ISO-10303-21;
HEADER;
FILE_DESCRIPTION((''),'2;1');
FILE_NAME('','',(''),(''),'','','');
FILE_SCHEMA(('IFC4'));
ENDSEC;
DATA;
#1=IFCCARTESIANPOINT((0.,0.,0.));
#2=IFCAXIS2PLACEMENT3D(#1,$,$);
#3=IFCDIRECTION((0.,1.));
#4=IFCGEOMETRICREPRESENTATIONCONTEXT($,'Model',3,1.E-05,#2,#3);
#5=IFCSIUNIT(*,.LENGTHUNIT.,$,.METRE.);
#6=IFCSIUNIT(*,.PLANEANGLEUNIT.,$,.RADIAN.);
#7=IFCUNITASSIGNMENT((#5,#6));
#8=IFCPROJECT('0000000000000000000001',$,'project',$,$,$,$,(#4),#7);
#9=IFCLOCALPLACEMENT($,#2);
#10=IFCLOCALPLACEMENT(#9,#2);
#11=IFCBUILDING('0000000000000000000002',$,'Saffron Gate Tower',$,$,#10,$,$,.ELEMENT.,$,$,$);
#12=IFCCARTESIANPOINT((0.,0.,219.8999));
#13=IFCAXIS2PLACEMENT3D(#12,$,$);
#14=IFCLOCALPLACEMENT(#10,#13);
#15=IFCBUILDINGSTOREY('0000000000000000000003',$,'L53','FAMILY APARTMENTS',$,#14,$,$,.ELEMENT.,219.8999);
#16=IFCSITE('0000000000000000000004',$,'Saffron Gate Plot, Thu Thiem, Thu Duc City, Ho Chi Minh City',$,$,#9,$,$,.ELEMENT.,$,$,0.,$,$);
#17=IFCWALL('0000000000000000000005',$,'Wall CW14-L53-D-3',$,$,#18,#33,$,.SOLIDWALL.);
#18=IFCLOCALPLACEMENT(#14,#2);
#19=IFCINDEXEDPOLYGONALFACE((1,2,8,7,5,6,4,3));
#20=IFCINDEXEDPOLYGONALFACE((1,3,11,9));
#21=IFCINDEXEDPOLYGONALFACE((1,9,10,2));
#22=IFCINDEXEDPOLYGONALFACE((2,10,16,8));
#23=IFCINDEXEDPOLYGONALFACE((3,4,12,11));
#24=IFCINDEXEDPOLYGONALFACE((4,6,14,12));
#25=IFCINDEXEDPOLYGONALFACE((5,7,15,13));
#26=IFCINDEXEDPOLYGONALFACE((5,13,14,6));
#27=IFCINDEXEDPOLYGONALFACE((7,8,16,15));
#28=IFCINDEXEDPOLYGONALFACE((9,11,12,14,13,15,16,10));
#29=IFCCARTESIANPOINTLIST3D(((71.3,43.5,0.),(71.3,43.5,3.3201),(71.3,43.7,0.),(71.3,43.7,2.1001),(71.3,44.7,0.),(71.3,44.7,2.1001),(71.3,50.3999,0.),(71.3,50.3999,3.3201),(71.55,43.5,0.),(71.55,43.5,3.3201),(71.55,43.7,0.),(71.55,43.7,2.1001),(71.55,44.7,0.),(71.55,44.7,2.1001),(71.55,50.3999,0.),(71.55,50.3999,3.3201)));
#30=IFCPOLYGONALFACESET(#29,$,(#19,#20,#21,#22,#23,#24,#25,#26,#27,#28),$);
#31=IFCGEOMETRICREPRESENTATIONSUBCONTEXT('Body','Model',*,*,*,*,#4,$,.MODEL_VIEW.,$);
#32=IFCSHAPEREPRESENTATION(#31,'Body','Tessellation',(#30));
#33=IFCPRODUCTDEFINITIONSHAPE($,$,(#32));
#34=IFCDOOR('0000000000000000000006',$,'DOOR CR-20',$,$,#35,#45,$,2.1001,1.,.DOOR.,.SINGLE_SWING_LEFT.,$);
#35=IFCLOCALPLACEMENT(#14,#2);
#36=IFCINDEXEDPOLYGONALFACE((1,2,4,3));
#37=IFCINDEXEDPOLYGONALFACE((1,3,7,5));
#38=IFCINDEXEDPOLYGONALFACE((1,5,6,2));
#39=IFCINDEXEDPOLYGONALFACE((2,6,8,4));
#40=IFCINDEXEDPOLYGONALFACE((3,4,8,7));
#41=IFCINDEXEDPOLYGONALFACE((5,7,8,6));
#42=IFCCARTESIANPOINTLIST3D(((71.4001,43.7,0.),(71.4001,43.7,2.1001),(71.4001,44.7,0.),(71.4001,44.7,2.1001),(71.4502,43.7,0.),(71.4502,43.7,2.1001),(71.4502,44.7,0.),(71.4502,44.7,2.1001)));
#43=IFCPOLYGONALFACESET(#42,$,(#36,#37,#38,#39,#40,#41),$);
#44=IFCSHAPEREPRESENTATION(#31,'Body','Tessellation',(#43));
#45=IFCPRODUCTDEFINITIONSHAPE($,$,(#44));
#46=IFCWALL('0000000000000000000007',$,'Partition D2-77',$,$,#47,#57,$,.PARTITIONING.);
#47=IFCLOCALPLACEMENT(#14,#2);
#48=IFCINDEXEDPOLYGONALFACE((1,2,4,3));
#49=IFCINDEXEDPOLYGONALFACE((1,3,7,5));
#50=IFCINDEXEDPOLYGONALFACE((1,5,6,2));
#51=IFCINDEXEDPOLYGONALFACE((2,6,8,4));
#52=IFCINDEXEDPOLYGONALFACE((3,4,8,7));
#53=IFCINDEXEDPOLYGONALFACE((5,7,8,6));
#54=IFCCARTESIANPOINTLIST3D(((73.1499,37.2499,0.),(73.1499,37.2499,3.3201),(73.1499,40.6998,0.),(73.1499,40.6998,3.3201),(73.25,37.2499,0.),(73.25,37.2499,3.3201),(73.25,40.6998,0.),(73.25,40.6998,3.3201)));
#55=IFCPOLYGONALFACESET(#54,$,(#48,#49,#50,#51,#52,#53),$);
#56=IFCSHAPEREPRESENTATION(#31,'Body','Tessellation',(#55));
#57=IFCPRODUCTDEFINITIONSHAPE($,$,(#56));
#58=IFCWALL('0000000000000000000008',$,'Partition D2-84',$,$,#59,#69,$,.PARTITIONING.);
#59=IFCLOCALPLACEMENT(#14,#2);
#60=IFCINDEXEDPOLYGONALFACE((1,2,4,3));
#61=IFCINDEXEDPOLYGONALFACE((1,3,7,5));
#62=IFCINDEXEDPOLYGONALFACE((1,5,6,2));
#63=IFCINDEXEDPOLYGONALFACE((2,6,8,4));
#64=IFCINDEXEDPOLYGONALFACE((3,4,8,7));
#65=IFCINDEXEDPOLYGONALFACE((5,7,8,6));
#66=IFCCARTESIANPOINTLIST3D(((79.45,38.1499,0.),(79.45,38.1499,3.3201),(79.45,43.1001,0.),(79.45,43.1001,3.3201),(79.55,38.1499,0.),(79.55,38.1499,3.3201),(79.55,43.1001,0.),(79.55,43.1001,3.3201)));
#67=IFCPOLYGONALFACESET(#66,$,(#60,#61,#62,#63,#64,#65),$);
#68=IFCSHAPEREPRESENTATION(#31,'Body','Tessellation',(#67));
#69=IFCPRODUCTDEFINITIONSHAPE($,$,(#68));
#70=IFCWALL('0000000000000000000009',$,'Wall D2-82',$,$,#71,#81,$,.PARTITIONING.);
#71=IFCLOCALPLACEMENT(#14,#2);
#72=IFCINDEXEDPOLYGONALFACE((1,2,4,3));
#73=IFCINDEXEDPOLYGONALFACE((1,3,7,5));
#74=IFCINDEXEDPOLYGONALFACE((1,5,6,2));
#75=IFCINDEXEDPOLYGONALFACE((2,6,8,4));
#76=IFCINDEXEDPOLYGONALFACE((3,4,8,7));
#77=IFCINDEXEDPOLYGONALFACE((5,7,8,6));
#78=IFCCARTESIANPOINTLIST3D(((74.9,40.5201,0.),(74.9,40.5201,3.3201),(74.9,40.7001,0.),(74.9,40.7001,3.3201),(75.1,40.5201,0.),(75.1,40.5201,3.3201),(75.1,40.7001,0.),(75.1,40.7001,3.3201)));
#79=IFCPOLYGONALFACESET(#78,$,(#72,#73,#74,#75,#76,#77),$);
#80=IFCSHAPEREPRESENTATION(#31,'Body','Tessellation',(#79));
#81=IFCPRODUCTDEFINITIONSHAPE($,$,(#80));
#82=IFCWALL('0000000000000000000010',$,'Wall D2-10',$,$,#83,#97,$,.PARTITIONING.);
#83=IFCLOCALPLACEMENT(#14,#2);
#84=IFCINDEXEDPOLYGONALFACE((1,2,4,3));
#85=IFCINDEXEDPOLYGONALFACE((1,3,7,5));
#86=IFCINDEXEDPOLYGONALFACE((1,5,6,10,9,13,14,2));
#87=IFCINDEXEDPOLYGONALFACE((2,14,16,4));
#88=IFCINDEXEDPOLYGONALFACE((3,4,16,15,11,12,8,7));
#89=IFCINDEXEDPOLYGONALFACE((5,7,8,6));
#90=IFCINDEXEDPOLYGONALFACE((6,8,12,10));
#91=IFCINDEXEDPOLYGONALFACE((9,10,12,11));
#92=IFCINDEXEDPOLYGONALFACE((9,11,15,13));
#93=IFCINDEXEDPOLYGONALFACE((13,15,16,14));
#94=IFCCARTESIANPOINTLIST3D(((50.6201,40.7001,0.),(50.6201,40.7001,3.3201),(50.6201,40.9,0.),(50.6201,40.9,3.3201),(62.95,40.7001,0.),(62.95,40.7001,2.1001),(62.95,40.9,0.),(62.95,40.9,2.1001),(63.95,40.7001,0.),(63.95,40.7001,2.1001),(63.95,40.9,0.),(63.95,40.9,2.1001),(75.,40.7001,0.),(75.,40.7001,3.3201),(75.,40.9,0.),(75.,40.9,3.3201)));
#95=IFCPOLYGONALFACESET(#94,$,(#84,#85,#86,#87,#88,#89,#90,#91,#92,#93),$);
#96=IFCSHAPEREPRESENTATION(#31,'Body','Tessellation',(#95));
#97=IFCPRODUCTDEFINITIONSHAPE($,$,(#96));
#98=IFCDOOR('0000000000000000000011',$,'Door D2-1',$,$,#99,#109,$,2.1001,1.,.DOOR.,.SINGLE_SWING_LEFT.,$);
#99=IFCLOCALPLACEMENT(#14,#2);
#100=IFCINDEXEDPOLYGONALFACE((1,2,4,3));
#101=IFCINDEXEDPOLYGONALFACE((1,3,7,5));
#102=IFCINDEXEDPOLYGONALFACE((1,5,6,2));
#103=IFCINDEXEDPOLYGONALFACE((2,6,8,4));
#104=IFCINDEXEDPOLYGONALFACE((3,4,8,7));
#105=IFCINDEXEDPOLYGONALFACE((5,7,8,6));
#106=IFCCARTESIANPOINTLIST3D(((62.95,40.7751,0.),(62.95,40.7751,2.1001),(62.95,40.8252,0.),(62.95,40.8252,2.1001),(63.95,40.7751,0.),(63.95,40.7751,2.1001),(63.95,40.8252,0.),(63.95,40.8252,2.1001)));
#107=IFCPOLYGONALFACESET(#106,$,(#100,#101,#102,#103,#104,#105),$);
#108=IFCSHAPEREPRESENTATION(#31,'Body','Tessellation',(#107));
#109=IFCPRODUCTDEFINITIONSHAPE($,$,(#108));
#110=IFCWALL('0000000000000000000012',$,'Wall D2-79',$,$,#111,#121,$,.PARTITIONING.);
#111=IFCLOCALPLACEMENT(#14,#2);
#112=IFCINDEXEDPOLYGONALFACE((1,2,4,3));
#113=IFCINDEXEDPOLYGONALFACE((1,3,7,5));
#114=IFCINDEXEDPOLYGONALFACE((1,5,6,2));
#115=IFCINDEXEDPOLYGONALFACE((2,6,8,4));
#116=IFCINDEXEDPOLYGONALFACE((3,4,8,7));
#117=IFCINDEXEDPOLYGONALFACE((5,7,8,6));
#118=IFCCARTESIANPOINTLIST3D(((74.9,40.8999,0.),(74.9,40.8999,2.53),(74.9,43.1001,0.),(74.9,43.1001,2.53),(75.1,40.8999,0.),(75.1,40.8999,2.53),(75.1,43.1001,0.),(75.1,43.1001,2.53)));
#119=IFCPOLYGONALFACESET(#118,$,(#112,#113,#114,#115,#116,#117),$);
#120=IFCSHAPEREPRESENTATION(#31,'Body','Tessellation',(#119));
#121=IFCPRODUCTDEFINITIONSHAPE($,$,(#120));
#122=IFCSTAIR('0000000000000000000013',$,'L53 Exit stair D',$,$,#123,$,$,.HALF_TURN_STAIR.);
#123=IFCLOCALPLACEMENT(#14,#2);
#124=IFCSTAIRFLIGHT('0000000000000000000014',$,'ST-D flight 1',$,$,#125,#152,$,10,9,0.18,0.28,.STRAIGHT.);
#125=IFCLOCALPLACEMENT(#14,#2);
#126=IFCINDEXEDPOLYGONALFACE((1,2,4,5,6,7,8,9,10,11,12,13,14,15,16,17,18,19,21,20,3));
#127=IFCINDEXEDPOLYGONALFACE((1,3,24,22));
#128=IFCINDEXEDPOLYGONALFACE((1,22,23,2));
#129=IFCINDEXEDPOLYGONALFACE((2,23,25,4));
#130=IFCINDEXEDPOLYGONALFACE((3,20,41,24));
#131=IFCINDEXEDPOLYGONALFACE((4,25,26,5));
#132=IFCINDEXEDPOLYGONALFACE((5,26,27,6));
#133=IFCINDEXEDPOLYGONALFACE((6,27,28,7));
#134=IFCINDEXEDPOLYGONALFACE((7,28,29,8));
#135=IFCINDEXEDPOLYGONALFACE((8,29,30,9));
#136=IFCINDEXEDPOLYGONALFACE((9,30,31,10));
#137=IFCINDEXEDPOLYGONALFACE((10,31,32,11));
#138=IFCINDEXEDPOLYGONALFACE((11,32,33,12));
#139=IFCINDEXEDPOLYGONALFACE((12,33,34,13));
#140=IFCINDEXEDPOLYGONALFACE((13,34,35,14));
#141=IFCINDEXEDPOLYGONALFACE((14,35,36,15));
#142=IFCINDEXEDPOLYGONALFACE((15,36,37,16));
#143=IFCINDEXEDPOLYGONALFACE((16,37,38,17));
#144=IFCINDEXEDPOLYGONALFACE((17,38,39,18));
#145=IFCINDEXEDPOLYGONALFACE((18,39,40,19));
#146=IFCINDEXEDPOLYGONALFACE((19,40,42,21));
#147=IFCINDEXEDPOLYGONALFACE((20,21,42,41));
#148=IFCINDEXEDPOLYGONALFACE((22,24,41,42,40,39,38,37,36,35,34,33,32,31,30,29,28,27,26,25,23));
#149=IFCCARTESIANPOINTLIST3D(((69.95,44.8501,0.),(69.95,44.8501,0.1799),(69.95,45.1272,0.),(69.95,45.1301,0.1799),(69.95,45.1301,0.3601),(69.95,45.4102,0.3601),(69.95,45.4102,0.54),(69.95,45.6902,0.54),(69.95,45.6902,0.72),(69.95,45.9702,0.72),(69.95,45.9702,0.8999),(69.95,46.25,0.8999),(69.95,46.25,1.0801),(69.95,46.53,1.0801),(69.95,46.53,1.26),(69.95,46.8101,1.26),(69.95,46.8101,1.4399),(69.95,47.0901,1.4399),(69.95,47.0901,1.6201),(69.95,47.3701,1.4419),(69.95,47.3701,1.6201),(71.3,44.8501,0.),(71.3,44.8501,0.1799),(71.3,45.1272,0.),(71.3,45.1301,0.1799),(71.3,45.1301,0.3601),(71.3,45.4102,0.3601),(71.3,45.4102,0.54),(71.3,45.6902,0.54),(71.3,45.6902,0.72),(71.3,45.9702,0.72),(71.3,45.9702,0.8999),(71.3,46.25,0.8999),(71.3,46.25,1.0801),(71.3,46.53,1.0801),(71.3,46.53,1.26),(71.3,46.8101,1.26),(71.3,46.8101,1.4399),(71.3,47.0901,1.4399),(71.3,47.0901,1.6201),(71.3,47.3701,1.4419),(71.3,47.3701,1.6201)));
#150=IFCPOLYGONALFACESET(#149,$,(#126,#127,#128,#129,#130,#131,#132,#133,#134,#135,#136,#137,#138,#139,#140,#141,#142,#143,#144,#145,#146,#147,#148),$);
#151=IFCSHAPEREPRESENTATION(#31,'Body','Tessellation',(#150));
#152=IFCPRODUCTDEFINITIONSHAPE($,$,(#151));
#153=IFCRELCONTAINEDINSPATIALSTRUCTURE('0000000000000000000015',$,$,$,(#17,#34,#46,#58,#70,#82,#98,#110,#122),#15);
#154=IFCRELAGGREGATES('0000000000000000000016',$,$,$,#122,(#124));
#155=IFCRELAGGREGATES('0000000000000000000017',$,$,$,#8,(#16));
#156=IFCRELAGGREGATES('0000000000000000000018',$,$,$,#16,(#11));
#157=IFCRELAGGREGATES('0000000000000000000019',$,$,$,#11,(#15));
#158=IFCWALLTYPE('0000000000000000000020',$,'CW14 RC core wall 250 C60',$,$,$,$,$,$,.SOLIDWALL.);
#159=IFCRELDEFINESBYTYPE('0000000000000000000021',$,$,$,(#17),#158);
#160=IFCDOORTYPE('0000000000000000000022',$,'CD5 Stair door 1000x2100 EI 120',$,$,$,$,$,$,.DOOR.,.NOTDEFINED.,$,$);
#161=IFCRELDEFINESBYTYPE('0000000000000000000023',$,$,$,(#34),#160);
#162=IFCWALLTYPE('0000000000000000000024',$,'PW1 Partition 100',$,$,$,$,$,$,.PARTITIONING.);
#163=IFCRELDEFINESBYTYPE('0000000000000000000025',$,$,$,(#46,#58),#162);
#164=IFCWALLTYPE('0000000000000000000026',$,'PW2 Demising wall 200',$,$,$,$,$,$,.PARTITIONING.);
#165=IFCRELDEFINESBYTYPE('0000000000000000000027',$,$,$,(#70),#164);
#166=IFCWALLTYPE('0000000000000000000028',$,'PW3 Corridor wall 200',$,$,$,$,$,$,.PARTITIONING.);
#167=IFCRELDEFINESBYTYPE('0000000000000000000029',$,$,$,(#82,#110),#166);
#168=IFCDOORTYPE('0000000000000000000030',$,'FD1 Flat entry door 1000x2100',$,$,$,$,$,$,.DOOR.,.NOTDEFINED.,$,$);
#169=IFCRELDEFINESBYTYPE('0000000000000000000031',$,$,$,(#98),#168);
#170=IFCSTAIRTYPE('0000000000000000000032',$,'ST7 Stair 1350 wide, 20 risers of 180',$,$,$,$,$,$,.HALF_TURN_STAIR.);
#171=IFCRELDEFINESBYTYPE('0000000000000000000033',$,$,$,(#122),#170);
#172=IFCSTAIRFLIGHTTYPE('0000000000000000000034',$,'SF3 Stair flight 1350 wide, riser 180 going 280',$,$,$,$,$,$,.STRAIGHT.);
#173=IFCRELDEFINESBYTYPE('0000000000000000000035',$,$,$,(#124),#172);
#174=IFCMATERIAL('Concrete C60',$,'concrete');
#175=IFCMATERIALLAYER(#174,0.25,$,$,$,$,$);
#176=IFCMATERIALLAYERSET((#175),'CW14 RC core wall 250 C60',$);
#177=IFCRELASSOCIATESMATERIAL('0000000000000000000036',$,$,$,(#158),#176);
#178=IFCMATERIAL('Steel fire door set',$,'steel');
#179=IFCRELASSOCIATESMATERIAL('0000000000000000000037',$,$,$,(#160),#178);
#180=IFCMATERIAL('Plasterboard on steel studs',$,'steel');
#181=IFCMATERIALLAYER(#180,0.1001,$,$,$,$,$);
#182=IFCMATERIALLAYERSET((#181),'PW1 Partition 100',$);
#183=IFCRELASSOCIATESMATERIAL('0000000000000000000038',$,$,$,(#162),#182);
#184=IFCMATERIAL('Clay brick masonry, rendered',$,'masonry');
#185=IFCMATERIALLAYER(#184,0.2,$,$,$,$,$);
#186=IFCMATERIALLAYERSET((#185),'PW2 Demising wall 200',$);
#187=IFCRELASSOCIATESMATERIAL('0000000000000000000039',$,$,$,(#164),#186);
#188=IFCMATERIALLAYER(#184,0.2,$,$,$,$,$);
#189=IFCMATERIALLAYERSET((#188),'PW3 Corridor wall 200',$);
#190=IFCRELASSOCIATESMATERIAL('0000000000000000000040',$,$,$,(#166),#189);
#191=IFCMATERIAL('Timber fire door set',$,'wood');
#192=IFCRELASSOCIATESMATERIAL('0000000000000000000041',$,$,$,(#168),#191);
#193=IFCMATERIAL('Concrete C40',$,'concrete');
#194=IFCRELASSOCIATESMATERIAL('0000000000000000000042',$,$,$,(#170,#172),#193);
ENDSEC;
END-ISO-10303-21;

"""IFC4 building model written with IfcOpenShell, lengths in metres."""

from ifc_helpers import new_model, si_unit, direction, frame, frame_2d, origin, place, context, subcontext, project, spatial, polyline, rectangle, outline, extrude, material, layer, layer_set, type_object, element, fill, aggregate, save


model = new_model("IFC4")

# Units and contexts
model_context = context("Model", 3, precision=1e-05, world=origin(), true_north=direction((0.0, 1.0)))
body_context = subcontext(model_context, "Body", "Model", "MODEL_VIEW")
ifc_project = project(units=[si_unit("LENGTHUNIT", "METRE"), si_unit("PLANEANGLEUNIT", "RADIAN")], contexts=[model_context])

# Site, building, storey
site_placement = place(None, origin())
site = spatial("IfcSite", under=ifc_project, at=site_placement, Name="Saffron Gate Plot, Thu Thiem, Thu Duc City, Ho Chi Minh City", CompositionType="ELEMENT", RefElevation=0.0)
building_placement = place(site_placement, origin())
building = spatial("IfcBuilding", under=site, at=building_placement, Name="Saffron Gate Tower", CompositionType="ELEMENT")
storey_placement = place(building_placement, frame((0.0, 0.0, 219.8999)))
storey = spatial("IfcBuildingStorey", under=building, at=storey_placement, Name="L53", Description="FAMILY APARTMENTS", CompositionType="ELEMENT", Elevation=219.8999)

# Wall, opening, door
ifc_material_1 = material(Name="Steel fire door set", Category="steel")
ifc_material_2 = material(Name="Concrete C60", Category="concrete")
ifc_layer_1 = layer(ifc_material_2, 0.25)
ifc_layer_set_1 = layer_set([ifc_layer_1], Name="CW14 RC core wall 250 C60")
wall_type_1 = type_object("IfcWallType", Name="CW14 RC core wall 250 C60", PredefinedType="SOLIDWALL", material=ifc_layer_set_1)
wall_1_placement = place(storey_placement, frame((71.425, 43.5, 0.0), z_axis=(0.0, 0.0, 1.0), x_axis=(0.0, 1.0, 0.0)))
wall_1 = element("IfcWall", 1, at=wall_1_placement, inside=storey, type_object=wall_type_1, Name="Wall CW14-L53-D-3", PredefinedType="SOLIDWALL", context=body_context, shape_type="SweptSolid", body=[
    extrude(rectangle(XDim=6.8999, YDim=0.25, at=frame_2d((3.45, 0.0))), origin(), (0.0, 0.0, 1.0), 3.3201),
])
opening_1_placement = place(wall_1_placement, frame((0.2, 0.0, 0.0)))
opening_1 = element("IfcOpeningElement", 2, at=opening_1_placement, cuts=wall_1, PredefinedType="OPENING", context=body_context, shape_type="SweptSolid", body=[
    extrude(rectangle(XDim=1.0, YDim=2.1001, at=frame_2d((0.5, 1.05))), frame((0.0, 0.135, 0.0), z_axis=(0.0, -1.0, 0.0), x_axis=(1.0, 0.0, 0.0)), (0.0, 0.0, 1.0), 0.27),
])
door_type_1 = type_object("IfcDoorType", Name="CD5 Stair door 1000x2100 EI 120", OperationType="NOTDEFINED", PredefinedType="DOOR", material=ifc_material_1)
door_1_placement = place(opening_1_placement, origin())
door_1 = element("IfcDoor", 3, at=door_1_placement, inside=storey, type_object=door_type_1, Name="DOOR CR-20", OperationType="SINGLE_SWING_LEFT", OverallHeight=2.1001, OverallWidth=1.0, PredefinedType="DOOR", context=body_context, shape_type="SweptSolid", body=[
    extrude(rectangle(XDim=1.0, YDim=2.1001, at=frame_2d((0.5, 1.05))), frame((0.0, 0.0249, 0.0), z_axis=(0.0, -1.0, 0.0), x_axis=(1.0, 0.0, 0.0)), (0.0, 0.0, 1.0), 0.05),
])
fill(opening_1, door_1)

# Walls
ifc_material_3 = material(Name="Plasterboard on steel studs", Category="steel")
ifc_layer_2 = layer(ifc_material_3, 0.1001)
ifc_layer_set_2 = layer_set([ifc_layer_2], Name="PW1 Partition 100")
wall_type_2 = type_object("IfcWallType", Name="PW1 Partition 100", PredefinedType="PARTITIONING", material=ifc_layer_set_2)
wall_2_placement = place(storey_placement, frame((73.2, 40.7, 0.0), z_axis=(0.0, 0.0, 1.0), x_axis=(0.0, -1.0, 0.0)))
element("IfcWall", 4, at=wall_2_placement, inside=storey, type_object=wall_type_2, Name="Partition D2-77", PredefinedType="PARTITIONING", context=body_context, shape_type="SweptSolid", body=[
    extrude(rectangle(XDim=3.45, YDim=0.1001, at=frame_2d((1.7251, 0.0))), origin(), (0.0, 0.0, 1.0), 3.3201),
])
wall_3_placement = place(storey_placement, frame((79.5, 43.1001, 0.0), z_axis=(0.0, 0.0, 1.0), x_axis=(0.0, -1.0, 0.0)))
element("IfcWall", 5, at=wall_3_placement, inside=storey, type_object=wall_type_2, Name="Partition D2-84", PredefinedType="PARTITIONING", context=body_context, shape_type="SweptSolid", body=[
    extrude(rectangle(XDim=4.9502, YDim=0.1001, at=frame_2d((2.4751, 0.0))), origin(), (0.0, 0.0, 1.0), 3.3201),
])
ifc_material_4 = material(Name="Clay brick masonry, rendered", Category="masonry")
ifc_layer_3 = layer(ifc_material_4, 0.2)
ifc_layer_set_3 = layer_set([ifc_layer_3], Name="PW2 Demising wall 200")
wall_type_3 = type_object("IfcWallType", Name="PW2 Demising wall 200", PredefinedType="PARTITIONING", material=ifc_layer_set_3)
wall_4_placement = place(storey_placement, frame((75.0, 40.7, 0.0), z_axis=(0.0, 0.0, 1.0), x_axis=(0.0, -1.0, 0.0)))
element("IfcWall", 6, at=wall_4_placement, inside=storey, type_object=wall_type_3, Name="Wall D2-82", PredefinedType="PARTITIONING", context=body_context, shape_type="SweptSolid", body=[
    extrude(rectangle(XDim=0.1799, YDim=0.2, at=frame_2d((0.0898, 0.0))), origin(), (0.0, 0.0, 1.0), 3.3201),
])

# Wall, opening, door
ifc_layer_4 = layer(ifc_material_4, 0.2)
ifc_layer_set_4 = layer_set([ifc_layer_4], Name="PW3 Corridor wall 200")
wall_type_4 = type_object("IfcWallType", Name="PW3 Corridor wall 200", PredefinedType="PARTITIONING", material=ifc_layer_set_4)
wall_5_placement = place(storey_placement, frame((75.0, 40.8, 0.0), z_axis=(0.0, 0.0, 1.0), x_axis=(-1.0, 0.0, 0.0)))
wall_5 = element("IfcWall", 7, at=wall_5_placement, inside=storey, type_object=wall_type_4, Name="Wall D2-10", PredefinedType="PARTITIONING", context=body_context, shape_type="SweptSolid", body=[
    extrude(rectangle(XDim=24.3799, YDim=0.2, at=frame_2d((12.1899, 0.0))), origin(), (0.0, 0.0, 1.0), 3.3201),
])
opening_2_placement = place(wall_5_placement, frame((11.05, 0.0, 0.0)))
opening_2 = element("IfcOpeningElement", 8, at=opening_2_placement, cuts=wall_5, PredefinedType="OPENING", context=body_context, shape_type="SweptSolid", body=[
    extrude(rectangle(XDim=1.0, YDim=2.1001, at=frame_2d((0.5, 1.05))), frame((0.0, 0.1099, 0.0), z_axis=(0.0, -1.0, 0.0), x_axis=(1.0, 0.0, 0.0)), (0.0, 0.0, 1.0), 0.22),
])
ifc_material_5 = material(Name="Timber fire door set", Category="wood")
door_type_2 = type_object("IfcDoorType", Name="FD1 Flat entry door 1000x2100", OperationType="NOTDEFINED", PredefinedType="DOOR", material=ifc_material_5)
door_2_placement = place(opening_2_placement, origin())
door_2 = element("IfcDoor", 9, at=door_2_placement, inside=storey, type_object=door_type_2, Name="Door D2-1", OperationType="SINGLE_SWING_LEFT", OverallHeight=2.1001, OverallWidth=1.0, PredefinedType="DOOR", context=body_context, shape_type="SweptSolid", body=[
    extrude(rectangle(XDim=1.0, YDim=2.1001, at=frame_2d((0.5, 1.05))), frame((0.0, 0.0249, 0.0), z_axis=(0.0, -1.0, 0.0), x_axis=(1.0, 0.0, 0.0)), (0.0, 0.0, 1.0), 0.05),
])
fill(opening_2, door_2)

# Wall
wall_6_placement = place(storey_placement, frame((75.0, 43.1001, 0.0), z_axis=(0.0, 0.0, 1.0), x_axis=(0.0, -1.0, 0.0)))
element("IfcWall", 10, at=wall_6_placement, inside=storey, type_object=wall_type_4, Name="Wall D2-79", PredefinedType="PARTITIONING", context=body_context, shape_type="SweptSolid", body=[
    extrude(rectangle(XDim=2.2002, YDim=0.2, at=frame_2d((1.1001, 0.0))), origin(), (0.0, 0.0, 1.0), 2.53),
])

# Stair, stair flight
ifc_material_6 = material(Name="Concrete C40", Category="concrete")
stair_type = type_object("IfcStairType", Name="ST7 Stair 1350 wide, 20 risers of 180", PredefinedType="HALF_TURN_STAIR", material=ifc_material_6)
stair_placement = place(storey_placement, origin())
stair = element("IfcStair", 11, at=stair_placement, inside=storey, type_object=stair_type, Name="L53 Exit stair D", PredefinedType="HALF_TURN_STAIR")
stair_flight_type = type_object("IfcStairFlightType", Name="SF3 Stair flight 1350 wide, riser 180 going 280", PredefinedType="STRAIGHT", material=ifc_material_6)
stair_flight_placement = place(storey_placement, frame((70.625, 44.8501, 0.0), z_axis=(0.0, 0.0, 1.0), x_axis=(0.0, 1.0, 0.0)))
stair_flight = element("IfcStairFlight", 12, at=stair_flight_placement, type_object=stair_flight_type, Name="ST-D flight 1", NumberOfRisers=10, NumberOfTreads=9, PredefinedType="STRAIGHT", RiserHeight=0.18, TreadLength=0.28, context=body_context, shape_type="SweptSolid", body=[
    extrude(outline(polyline([(0.0, 0.0), (0.0, 0.1799), (0.28, 0.1799), (0.28, 0.3601), (0.5601, 0.3601), (0.5601, 0.54), (0.8401, 0.54), (0.8401, 0.72), (1.1201, 0.72), (1.1201, 0.8999), (1.3999, 0.8999), (1.3999, 1.0801), (1.6799, 1.0801), (1.6799, 1.26), (1.96, 1.26), (1.96, 1.4399), (2.24, 1.4399), (2.24, 1.6201), (2.52, 1.6201), (2.52, 1.8), (2.52, 1.4419), (0.2771, 0.0), (0.0, 0.0)])), frame((0.0, 0.675, 0.0), z_axis=(0.0, -1.0, 0.0), x_axis=(1.0, 0.0, 0.0)), (0.0, 0.0, 1.0), 1.3501),
])
aggregate(stair, [stair_flight])

save(model, "model.ifc")
